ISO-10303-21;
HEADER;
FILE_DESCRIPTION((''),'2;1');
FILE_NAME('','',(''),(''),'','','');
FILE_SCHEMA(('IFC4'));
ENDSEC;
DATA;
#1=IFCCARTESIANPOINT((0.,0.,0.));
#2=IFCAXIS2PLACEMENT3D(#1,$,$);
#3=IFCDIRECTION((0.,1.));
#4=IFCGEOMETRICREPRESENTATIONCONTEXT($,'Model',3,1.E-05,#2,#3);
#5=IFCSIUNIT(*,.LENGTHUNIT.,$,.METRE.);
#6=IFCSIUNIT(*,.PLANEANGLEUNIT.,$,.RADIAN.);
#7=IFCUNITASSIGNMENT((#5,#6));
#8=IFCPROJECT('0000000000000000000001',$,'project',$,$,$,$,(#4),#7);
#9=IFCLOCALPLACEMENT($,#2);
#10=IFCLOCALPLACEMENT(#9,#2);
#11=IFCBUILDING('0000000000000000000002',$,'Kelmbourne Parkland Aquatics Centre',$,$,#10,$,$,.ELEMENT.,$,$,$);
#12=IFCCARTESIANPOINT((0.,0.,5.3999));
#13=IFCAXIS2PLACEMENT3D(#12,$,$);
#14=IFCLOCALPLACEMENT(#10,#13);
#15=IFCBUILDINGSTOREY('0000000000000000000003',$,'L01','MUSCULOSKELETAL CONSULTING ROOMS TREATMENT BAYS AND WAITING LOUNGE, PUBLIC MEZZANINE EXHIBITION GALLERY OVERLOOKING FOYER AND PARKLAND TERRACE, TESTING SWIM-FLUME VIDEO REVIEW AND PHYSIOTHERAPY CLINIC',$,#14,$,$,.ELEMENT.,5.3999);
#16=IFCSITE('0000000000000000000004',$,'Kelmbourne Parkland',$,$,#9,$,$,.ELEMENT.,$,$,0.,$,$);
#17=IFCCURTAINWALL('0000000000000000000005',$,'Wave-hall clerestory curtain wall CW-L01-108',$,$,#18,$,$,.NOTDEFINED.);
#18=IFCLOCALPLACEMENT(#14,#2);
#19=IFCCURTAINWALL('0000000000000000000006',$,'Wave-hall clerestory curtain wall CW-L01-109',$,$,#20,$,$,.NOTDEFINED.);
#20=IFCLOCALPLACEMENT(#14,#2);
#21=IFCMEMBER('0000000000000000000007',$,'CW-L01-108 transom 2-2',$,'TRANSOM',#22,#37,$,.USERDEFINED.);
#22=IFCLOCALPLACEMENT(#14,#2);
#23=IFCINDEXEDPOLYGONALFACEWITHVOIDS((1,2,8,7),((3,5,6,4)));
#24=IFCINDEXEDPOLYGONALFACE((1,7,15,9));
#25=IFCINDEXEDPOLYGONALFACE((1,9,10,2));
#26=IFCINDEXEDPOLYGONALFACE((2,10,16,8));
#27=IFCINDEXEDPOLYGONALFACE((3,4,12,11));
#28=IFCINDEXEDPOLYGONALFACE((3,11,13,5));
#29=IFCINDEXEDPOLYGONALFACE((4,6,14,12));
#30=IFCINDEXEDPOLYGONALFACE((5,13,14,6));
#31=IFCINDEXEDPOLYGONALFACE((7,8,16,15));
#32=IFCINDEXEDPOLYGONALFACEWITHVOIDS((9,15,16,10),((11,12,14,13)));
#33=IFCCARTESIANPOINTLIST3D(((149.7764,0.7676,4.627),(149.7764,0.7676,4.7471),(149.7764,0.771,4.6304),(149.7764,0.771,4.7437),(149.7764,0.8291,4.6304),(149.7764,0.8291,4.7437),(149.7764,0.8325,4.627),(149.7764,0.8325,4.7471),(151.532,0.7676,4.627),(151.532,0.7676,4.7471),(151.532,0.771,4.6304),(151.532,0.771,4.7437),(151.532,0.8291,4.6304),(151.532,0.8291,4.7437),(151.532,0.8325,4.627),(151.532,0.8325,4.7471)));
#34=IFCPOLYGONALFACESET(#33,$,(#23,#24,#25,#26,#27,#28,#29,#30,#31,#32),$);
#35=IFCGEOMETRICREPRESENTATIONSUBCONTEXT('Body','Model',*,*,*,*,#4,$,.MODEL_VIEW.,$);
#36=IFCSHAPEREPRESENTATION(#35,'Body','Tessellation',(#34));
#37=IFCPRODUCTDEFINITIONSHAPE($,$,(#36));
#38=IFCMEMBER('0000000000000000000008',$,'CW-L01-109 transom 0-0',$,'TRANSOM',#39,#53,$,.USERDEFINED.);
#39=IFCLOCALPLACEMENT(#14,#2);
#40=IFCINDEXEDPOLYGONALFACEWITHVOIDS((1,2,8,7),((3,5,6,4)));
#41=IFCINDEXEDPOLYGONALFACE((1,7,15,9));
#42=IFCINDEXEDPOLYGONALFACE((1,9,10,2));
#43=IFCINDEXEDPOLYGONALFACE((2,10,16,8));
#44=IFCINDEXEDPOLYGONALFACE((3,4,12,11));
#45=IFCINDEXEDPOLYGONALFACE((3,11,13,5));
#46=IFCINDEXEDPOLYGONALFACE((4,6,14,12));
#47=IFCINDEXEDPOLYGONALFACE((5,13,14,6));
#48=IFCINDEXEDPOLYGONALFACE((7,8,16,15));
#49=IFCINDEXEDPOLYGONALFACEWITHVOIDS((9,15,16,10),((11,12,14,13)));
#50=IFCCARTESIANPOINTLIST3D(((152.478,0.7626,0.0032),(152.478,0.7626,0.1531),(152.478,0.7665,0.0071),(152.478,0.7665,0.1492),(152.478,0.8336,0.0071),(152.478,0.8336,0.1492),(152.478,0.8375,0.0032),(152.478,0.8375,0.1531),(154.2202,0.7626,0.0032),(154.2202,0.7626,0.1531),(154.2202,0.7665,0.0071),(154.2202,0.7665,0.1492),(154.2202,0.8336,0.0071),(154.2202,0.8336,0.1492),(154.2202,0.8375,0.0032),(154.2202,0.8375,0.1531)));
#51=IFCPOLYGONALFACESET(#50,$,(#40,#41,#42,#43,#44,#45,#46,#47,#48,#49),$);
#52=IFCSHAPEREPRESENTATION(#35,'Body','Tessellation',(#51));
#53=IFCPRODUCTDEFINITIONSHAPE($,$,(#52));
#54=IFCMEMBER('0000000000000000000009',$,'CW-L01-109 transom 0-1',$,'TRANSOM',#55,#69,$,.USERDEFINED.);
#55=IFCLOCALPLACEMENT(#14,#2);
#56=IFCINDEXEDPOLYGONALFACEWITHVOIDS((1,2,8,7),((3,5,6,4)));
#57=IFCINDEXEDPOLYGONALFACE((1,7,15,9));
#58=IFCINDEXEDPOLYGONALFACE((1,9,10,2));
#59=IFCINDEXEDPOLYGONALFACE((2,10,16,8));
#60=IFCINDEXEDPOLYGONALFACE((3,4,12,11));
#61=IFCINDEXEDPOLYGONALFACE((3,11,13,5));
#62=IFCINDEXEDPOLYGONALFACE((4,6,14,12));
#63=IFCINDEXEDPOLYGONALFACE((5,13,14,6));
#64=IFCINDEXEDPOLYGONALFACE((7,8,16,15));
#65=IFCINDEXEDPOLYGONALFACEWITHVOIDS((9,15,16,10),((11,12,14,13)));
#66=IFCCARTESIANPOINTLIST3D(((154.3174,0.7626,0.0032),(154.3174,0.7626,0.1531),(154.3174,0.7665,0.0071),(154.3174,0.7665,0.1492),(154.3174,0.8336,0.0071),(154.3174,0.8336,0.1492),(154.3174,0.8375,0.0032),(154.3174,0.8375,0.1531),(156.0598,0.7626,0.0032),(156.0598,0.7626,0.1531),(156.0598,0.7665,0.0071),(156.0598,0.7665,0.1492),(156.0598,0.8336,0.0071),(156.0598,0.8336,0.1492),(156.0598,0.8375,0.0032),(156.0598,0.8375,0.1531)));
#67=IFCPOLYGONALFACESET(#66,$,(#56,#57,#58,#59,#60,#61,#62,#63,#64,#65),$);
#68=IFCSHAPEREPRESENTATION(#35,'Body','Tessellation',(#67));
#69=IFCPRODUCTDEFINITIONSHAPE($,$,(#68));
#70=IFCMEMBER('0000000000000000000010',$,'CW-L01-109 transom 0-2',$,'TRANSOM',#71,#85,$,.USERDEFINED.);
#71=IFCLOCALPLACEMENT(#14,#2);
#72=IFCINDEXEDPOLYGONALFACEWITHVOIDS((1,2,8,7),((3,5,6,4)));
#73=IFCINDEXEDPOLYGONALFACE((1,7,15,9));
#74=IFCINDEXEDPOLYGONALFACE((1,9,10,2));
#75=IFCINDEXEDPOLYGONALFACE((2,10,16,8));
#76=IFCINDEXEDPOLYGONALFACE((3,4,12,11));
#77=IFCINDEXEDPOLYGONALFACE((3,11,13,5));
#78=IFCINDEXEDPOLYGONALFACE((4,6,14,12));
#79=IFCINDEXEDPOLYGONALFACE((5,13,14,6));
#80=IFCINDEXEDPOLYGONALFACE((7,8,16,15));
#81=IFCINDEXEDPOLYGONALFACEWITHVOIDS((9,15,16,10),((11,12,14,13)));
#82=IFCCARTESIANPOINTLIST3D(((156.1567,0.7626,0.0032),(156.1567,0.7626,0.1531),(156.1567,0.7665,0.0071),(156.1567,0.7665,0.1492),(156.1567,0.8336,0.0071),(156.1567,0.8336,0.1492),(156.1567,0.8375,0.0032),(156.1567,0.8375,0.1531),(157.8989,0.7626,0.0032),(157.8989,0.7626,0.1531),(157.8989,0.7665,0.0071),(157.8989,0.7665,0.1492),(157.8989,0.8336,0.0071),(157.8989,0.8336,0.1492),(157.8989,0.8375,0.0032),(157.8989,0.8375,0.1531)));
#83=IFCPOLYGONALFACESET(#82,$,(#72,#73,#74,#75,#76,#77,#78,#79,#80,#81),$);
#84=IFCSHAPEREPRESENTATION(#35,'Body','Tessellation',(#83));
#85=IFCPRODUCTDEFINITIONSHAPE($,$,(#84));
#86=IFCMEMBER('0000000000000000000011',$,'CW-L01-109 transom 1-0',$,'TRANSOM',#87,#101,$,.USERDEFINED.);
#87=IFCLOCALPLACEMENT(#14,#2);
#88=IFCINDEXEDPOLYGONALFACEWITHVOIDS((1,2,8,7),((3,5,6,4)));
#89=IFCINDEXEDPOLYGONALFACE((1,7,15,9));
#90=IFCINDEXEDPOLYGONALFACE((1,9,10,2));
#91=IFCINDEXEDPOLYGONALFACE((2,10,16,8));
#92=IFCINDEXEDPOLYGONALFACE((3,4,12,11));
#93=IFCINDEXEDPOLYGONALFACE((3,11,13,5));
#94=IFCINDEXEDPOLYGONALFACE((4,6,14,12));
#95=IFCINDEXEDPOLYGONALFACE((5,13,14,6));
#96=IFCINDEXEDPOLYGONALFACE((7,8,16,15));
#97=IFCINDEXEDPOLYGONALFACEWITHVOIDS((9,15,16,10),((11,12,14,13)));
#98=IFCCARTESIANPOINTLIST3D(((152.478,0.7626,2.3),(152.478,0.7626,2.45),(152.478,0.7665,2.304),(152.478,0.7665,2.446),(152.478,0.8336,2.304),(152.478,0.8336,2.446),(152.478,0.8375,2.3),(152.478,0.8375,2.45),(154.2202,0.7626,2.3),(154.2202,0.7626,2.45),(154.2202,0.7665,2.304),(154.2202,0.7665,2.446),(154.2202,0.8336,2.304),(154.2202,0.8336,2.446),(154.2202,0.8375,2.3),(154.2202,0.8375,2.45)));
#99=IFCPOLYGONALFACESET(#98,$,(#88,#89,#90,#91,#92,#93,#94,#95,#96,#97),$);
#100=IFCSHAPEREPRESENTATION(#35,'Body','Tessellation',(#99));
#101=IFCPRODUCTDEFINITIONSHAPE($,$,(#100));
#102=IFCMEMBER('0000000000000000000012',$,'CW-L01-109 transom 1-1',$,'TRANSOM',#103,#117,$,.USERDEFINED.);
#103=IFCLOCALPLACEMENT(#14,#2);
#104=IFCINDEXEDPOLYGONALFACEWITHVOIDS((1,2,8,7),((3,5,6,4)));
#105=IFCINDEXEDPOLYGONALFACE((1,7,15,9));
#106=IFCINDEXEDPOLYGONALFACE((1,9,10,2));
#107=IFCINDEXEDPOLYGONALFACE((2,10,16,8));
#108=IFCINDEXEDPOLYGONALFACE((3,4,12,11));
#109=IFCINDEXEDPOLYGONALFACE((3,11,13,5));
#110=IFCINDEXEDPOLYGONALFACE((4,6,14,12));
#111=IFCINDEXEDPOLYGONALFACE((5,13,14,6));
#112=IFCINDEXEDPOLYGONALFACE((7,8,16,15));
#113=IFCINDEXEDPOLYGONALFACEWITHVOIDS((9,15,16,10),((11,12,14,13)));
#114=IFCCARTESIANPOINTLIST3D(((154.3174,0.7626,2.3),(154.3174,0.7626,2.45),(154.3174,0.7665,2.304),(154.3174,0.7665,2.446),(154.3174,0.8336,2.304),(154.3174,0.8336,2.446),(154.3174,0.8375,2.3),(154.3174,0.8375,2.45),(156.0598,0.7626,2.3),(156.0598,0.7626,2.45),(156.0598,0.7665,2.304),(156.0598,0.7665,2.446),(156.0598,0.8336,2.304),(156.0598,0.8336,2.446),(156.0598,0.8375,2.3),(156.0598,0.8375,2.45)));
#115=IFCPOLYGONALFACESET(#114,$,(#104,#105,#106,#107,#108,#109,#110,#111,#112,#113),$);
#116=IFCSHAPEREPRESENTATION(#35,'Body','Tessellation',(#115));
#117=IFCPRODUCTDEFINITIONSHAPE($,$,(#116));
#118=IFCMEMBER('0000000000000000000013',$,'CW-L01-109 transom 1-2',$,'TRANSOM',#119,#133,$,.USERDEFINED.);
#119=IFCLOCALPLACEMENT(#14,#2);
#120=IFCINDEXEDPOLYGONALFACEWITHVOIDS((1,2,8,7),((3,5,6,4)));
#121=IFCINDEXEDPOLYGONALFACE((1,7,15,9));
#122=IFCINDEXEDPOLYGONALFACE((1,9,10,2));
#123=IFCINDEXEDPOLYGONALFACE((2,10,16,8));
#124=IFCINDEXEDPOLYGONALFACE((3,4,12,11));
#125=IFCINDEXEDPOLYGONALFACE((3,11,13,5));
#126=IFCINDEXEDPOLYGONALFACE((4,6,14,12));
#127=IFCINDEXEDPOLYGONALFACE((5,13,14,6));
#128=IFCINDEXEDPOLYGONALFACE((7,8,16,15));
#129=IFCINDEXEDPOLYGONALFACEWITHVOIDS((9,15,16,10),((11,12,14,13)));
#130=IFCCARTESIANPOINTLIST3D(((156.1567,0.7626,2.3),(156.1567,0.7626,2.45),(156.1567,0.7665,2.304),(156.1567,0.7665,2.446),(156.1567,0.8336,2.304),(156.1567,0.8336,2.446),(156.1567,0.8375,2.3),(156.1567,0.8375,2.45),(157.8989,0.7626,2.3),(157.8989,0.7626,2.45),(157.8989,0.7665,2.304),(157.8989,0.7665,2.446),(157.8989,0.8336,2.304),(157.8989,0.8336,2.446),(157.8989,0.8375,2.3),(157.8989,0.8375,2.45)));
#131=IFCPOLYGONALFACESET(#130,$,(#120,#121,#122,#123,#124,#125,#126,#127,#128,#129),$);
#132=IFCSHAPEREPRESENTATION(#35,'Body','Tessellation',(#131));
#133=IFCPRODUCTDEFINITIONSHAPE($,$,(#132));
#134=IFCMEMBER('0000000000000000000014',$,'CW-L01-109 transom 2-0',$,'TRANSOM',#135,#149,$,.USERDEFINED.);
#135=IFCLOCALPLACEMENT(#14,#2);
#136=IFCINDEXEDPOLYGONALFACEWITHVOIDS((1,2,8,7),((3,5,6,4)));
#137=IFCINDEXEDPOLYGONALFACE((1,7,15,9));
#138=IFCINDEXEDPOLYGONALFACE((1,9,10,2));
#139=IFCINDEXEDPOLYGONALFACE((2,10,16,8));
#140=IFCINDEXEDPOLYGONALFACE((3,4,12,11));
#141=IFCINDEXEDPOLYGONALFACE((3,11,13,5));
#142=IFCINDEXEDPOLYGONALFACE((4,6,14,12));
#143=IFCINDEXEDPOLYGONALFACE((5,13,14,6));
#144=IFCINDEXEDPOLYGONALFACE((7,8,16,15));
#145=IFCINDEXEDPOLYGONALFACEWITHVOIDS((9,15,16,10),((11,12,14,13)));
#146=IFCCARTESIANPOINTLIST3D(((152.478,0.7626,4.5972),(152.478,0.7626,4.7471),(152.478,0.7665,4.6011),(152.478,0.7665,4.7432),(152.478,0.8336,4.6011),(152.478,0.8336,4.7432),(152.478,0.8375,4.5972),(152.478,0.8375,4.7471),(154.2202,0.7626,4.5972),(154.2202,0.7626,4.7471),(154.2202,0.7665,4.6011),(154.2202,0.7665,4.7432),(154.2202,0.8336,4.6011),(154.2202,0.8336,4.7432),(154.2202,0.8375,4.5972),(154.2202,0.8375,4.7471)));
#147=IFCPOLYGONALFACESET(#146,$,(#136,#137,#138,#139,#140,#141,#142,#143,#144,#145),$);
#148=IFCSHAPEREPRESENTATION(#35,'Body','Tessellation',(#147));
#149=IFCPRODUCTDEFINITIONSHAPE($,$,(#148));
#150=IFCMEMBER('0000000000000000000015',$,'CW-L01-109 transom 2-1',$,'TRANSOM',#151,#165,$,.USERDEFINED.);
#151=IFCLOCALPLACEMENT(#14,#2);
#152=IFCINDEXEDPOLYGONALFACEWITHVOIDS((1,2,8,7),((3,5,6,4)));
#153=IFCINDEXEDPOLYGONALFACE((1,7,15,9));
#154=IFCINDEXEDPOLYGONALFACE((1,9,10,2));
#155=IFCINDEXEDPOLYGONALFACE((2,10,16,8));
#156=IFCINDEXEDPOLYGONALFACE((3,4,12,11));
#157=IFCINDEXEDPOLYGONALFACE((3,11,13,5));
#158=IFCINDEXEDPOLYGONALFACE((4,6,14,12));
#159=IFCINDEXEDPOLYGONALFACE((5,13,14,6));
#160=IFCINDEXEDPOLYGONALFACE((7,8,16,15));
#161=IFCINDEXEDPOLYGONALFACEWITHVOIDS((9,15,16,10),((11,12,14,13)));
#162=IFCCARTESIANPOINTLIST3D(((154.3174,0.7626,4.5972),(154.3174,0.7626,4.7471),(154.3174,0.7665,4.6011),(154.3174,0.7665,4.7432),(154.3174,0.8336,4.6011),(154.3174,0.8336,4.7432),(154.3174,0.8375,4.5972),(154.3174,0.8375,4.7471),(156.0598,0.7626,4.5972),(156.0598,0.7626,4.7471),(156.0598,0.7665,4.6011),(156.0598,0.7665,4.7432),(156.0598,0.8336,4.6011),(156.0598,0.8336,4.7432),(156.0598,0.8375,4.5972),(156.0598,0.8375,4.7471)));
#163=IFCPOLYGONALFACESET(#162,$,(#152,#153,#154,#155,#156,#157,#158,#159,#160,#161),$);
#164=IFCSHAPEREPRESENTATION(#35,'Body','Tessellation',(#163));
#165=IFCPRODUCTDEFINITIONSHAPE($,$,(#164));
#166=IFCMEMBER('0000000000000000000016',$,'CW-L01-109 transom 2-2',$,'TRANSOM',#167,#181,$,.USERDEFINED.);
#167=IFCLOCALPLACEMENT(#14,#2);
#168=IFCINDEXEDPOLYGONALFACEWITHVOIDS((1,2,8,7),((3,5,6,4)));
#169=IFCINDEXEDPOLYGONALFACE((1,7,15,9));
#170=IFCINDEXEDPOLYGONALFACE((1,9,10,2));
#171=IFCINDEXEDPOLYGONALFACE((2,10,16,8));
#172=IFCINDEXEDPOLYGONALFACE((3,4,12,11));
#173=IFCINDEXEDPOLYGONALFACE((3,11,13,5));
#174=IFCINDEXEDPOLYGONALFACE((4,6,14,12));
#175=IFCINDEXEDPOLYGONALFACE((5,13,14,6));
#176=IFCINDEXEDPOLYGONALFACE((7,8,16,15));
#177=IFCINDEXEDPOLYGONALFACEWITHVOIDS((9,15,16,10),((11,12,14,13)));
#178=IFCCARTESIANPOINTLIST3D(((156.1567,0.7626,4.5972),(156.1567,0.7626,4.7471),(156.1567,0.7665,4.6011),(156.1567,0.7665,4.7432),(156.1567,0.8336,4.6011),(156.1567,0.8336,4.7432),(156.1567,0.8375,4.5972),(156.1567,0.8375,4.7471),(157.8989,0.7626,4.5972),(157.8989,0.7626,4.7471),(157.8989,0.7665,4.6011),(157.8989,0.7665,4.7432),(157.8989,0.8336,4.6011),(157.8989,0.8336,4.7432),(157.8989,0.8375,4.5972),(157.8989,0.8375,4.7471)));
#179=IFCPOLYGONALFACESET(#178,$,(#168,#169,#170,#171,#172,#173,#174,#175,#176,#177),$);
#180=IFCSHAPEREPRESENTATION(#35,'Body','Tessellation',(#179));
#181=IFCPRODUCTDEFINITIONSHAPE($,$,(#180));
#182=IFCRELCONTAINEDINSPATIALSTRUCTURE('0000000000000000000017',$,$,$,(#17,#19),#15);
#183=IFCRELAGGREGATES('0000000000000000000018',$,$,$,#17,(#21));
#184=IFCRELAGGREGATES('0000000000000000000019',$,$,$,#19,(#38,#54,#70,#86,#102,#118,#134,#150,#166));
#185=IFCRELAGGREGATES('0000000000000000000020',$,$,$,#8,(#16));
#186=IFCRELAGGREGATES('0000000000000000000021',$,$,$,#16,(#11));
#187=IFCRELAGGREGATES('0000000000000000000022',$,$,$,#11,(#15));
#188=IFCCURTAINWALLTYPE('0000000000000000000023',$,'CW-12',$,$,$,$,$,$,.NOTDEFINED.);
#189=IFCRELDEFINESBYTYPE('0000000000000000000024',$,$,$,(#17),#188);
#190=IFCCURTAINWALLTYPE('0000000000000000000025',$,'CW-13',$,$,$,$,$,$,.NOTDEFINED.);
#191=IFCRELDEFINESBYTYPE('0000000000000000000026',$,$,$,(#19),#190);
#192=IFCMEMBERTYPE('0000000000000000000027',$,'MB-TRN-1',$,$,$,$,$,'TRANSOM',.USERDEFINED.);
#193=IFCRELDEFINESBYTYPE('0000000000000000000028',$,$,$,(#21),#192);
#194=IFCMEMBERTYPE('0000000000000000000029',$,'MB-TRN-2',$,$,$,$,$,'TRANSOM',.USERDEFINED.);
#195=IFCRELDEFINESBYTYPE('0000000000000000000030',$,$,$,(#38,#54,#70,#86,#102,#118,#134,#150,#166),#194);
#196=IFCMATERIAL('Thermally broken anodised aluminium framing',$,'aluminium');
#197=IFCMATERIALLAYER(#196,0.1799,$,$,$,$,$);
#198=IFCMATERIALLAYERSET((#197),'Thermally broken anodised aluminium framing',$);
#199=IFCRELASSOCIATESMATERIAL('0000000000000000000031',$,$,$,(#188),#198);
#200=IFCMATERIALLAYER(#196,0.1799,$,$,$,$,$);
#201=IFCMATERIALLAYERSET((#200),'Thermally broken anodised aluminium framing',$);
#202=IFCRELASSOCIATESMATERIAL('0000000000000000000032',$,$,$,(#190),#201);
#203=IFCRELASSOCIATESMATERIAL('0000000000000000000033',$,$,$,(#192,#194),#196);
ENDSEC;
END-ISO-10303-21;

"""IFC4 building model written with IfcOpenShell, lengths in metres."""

from ifc_helpers import new_model, si_unit, direction, frame, origin, origin_2d, place, context, subcontext, project, spatial, hollow_rectangle, extrude, material, layer, layer_set, material_profile, profile_set, type_object, element, aggregate, save


model = new_model("IFC4")

# Units and contexts
model_context = context("Model", 3, precision=1e-05, world=origin(), true_north=direction((0.0, 1.0)))
body_context = subcontext(model_context, "Body", "Model", "MODEL_VIEW")
ifc_project = project(units=[si_unit("LENGTHUNIT", "METRE"), si_unit("PLANEANGLEUNIT", "RADIAN")], contexts=[model_context])

# Site, building, storey
site_placement = place(None, origin())
site = spatial("IfcSite", under=ifc_project, at=site_placement, Name="Kelmbourne Parkland", CompositionType="ELEMENT", RefElevation=0.0)
building_placement = place(site_placement, origin())
building = spatial("IfcBuilding", under=site, at=building_placement, Name="Kelmbourne Parkland Aquatics Centre", CompositionType="ELEMENT")
storey_placement = place(building_placement, frame((0.0, 0.0, 5.3999)))
storey = spatial("IfcBuildingStorey", under=building, at=storey_placement, Name="L01", Description="MUSCULOSKELETAL CONSULTING ROOMS TREATMENT BAYS AND WAITING LOUNGE, PUBLIC MEZZANINE EXHIBITION GALLERY OVERLOOKING FOYER AND PARKLAND TERRACE, TESTING SWIM-FLUME VIDEO REVIEW AND PHYSIOTHERAPY CLINIC", CompositionType="ELEMENT", Elevation=5.3999)

# Shared definitions
ifc_material_1 = material(Name="Thermally broken anodised aluminium framing", Category="aluminium")

# Curtain walls
ifc_layer_1 = layer(ifc_material_1, 0.1799)
ifc_layer_set_1 = layer_set([ifc_layer_1], Name="Thermally broken anodised aluminium framing")
curtain_wall_type_1 = type_object("IfcCurtainWallType", Name="CW-12", PredefinedType="NOTDEFINED", material=ifc_layer_set_1)
curtain_wall_1_placement = place(storey_placement, origin())
curtain_wall_1 = element("IfcCurtainWall", 1, at=curtain_wall_1_placement, inside=storey, type_object=curtain_wall_type_1, Name="Wave-hall clerestory curtain wall CW-L01-108", PredefinedType="NOTDEFINED")
ifc_layer_2 = layer(ifc_material_1, 0.1799)
ifc_layer_set_2 = layer_set([ifc_layer_2], Name="Thermally broken anodised aluminium framing")
curtain_wall_type_2 = type_object("IfcCurtainWallType", Name="CW-13", PredefinedType="NOTDEFINED", material=ifc_layer_set_2)
curtain_wall_2_placement = place(storey_placement, origin())
curtain_wall_2 = element("IfcCurtainWall", 2, at=curtain_wall_2_placement, inside=storey, type_object=curtain_wall_type_2, Name="Wave-hall clerestory curtain wall CW-L01-109", PredefinedType="NOTDEFINED")

# Members
ifc_material_profile_1 = material_profile(ifc_material_1, hollow_rectangle(XDim=0.0649, YDim=0.1201, WallThickness=0.0034, at=origin_2d()), Name="CW-T 65x120")
ifc_profile_set_1 = profile_set([ifc_material_profile_1], Name="Thermally broken anodised aluminium framing")
member_type_1 = type_object("IfcMemberType", Name="MB-TRN-1", ElementType="TRANSOM", PredefinedType="USERDEFINED", material=ifc_profile_set_1)
member_1_placement = place(storey_placement, frame((149.7764, 0.8, 4.687), z_axis=(1.0, 0.0, 0.0), x_axis=(0.0, 1.0, 0.0)))
member_1 = element("IfcMember", 3, at=member_1_placement, type_object=member_type_1, Name="CW-L01-108 transom 2-2", ObjectType="TRANSOM", PredefinedType="USERDEFINED", context=body_context, shape_type="SweptSolid", body=[
    extrude(hollow_rectangle(XDim=0.0649, YDim=0.1201, WallThickness=0.0034, at=origin_2d()), origin(), (0.0, 0.0, 1.0), 1.7556),
])
ifc_material_profile_2 = material_profile(ifc_material_1, hollow_rectangle(XDim=0.075, YDim=0.1499, WallThickness=0.0039, at=origin_2d()), Name="CW-T 75x150")
ifc_profile_set_2 = profile_set([ifc_material_profile_2], Name="Thermally broken anodised aluminium framing")
member_type_2 = type_object("IfcMemberType", Name="MB-TRN-2", ElementType="TRANSOM", PredefinedType="USERDEFINED", material=ifc_profile_set_2)
member_2_placement = place(storey_placement, frame((152.478, 0.8, 0.0781), z_axis=(1.0, 0.0, 0.0), x_axis=(0.0, 1.0, 0.0)))
member_2 = element("IfcMember", 4, at=member_2_placement, type_object=member_type_2, Name="CW-L01-109 transom 0-0", ObjectType="TRANSOM", PredefinedType="USERDEFINED", context=body_context, shape_type="SweptSolid", body=[
    extrude(hollow_rectangle(XDim=0.075, YDim=0.1499, WallThickness=0.0039, at=origin_2d()), origin(), (0.0, 0.0, 1.0), 1.7422),
])
member_3_placement = place(storey_placement, frame((154.3174, 0.8, 0.0781), z_axis=(1.0, 0.0, 0.0), x_axis=(0.0, 1.0, 0.0)))
member_3 = element("IfcMember", 5, at=member_3_placement, type_object=member_type_2, Name="CW-L01-109 transom 0-1", ObjectType="TRANSOM", PredefinedType="USERDEFINED", context=body_context, shape_type="SweptSolid", body=[
    extrude(hollow_rectangle(XDim=0.075, YDim=0.1499, WallThickness=0.0039, at=origin_2d()), origin(), (0.0, 0.0, 1.0), 1.7424),
])
member_4_placement = place(storey_placement, frame((156.1567, 0.8, 0.0781), z_axis=(1.0, 0.0, 0.0), x_axis=(0.0, 1.0, 0.0)))
member_4 = element("IfcMember", 6, at=member_4_placement, type_object=member_type_2, Name="CW-L01-109 transom 0-2", ObjectType="TRANSOM", PredefinedType="USERDEFINED", context=body_context, shape_type="SweptSolid", body=[
    extrude(hollow_rectangle(XDim=0.075, YDim=0.1499, WallThickness=0.0039, at=origin_2d()), origin(), (0.0, 0.0, 1.0), 1.7422),
])
member_5_placement = place(storey_placement, frame((152.478, 0.8, 2.375), z_axis=(1.0, 0.0, 0.0), x_axis=(0.0, 1.0, 0.0)))
member_5 = element("IfcMember", 7, at=member_5_placement, type_object=member_type_2, Name="CW-L01-109 transom 1-0", ObjectType="TRANSOM", PredefinedType="USERDEFINED", context=body_context, shape_type="SweptSolid", body=[
    extrude(hollow_rectangle(XDim=0.075, YDim=0.1499, WallThickness=0.0039, at=origin_2d()), origin(), (0.0, 0.0, 1.0), 1.7422),
])
member_6_placement = place(storey_placement, frame((154.3174, 0.8, 2.375), z_axis=(1.0, 0.0, 0.0), x_axis=(0.0, 1.0, 0.0)))
member_6 = element("IfcMember", 8, at=member_6_placement, type_object=member_type_2, Name="CW-L01-109 transom 1-1", ObjectType="TRANSOM", PredefinedType="USERDEFINED", context=body_context, shape_type="SweptSolid", body=[
    extrude(hollow_rectangle(XDim=0.075, YDim=0.1499, WallThickness=0.0039, at=origin_2d()), origin(), (0.0, 0.0, 1.0), 1.7424),
])
member_7_placement = place(storey_placement, frame((156.1567, 0.8, 2.375), z_axis=(1.0, 0.0, 0.0), x_axis=(0.0, 1.0, 0.0)))
member_7 = element("IfcMember", 9, at=member_7_placement, type_object=member_type_2, Name="CW-L01-109 transom 1-2", ObjectType="TRANSOM", PredefinedType="USERDEFINED", context=body_context, shape_type="SweptSolid", body=[
    extrude(hollow_rectangle(XDim=0.075, YDim=0.1499, WallThickness=0.0039, at=origin_2d()), origin(), (0.0, 0.0, 1.0), 1.7422),
])
member_8_placement = place(storey_placement, frame((152.478, 0.8, 4.6721), z_axis=(1.0, 0.0, 0.0), x_axis=(0.0, 1.0, 0.0)))
member_8 = element("IfcMember", 10, at=member_8_placement, type_object=member_type_2, Name="CW-L01-109 transom 2-0", ObjectType="TRANSOM", PredefinedType="USERDEFINED", context=body_context, shape_type="SweptSolid", body=[
    extrude(hollow_rectangle(XDim=0.075, YDim=0.1499, WallThickness=0.0039, at=origin_2d()), origin(), (0.0, 0.0, 1.0), 1.7422),
])
member_9_placement = place(storey_placement, frame((154.3174, 0.8, 4.6721), z_axis=(1.0, 0.0, 0.0), x_axis=(0.0, 1.0, 0.0)))
member_9 = element("IfcMember", 11, at=member_9_placement, type_object=member_type_2, Name="CW-L01-109 transom 2-1", ObjectType="TRANSOM", PredefinedType="USERDEFINED", context=body_context, shape_type="SweptSolid", body=[
    extrude(hollow_rectangle(XDim=0.075, YDim=0.1499, WallThickness=0.0039, at=origin_2d()), origin(), (0.0, 0.0, 1.0), 1.7424),
])
member_10_placement = place(storey_placement, frame((156.1567, 0.8, 4.6721), z_axis=(1.0, 0.0, 0.0), x_axis=(0.0, 1.0, 0.0)))
member_10 = element("IfcMember", 12, at=member_10_placement, type_object=member_type_2, Name="CW-L01-109 transom 2-2", ObjectType="TRANSOM", PredefinedType="USERDEFINED", context=body_context, shape_type="SweptSolid", body=[
    extrude(hollow_rectangle(XDim=0.075, YDim=0.1499, WallThickness=0.0039, at=origin_2d()), origin(), (0.0, 0.0, 1.0), 1.7422),
])

aggregate(curtain_wall_1, [member_1])
aggregate(curtain_wall_2, [member_2, member_3, member_4, member_5, member_6, member_7, member_8, member_9, member_10])

save(model, "model.ifc")
